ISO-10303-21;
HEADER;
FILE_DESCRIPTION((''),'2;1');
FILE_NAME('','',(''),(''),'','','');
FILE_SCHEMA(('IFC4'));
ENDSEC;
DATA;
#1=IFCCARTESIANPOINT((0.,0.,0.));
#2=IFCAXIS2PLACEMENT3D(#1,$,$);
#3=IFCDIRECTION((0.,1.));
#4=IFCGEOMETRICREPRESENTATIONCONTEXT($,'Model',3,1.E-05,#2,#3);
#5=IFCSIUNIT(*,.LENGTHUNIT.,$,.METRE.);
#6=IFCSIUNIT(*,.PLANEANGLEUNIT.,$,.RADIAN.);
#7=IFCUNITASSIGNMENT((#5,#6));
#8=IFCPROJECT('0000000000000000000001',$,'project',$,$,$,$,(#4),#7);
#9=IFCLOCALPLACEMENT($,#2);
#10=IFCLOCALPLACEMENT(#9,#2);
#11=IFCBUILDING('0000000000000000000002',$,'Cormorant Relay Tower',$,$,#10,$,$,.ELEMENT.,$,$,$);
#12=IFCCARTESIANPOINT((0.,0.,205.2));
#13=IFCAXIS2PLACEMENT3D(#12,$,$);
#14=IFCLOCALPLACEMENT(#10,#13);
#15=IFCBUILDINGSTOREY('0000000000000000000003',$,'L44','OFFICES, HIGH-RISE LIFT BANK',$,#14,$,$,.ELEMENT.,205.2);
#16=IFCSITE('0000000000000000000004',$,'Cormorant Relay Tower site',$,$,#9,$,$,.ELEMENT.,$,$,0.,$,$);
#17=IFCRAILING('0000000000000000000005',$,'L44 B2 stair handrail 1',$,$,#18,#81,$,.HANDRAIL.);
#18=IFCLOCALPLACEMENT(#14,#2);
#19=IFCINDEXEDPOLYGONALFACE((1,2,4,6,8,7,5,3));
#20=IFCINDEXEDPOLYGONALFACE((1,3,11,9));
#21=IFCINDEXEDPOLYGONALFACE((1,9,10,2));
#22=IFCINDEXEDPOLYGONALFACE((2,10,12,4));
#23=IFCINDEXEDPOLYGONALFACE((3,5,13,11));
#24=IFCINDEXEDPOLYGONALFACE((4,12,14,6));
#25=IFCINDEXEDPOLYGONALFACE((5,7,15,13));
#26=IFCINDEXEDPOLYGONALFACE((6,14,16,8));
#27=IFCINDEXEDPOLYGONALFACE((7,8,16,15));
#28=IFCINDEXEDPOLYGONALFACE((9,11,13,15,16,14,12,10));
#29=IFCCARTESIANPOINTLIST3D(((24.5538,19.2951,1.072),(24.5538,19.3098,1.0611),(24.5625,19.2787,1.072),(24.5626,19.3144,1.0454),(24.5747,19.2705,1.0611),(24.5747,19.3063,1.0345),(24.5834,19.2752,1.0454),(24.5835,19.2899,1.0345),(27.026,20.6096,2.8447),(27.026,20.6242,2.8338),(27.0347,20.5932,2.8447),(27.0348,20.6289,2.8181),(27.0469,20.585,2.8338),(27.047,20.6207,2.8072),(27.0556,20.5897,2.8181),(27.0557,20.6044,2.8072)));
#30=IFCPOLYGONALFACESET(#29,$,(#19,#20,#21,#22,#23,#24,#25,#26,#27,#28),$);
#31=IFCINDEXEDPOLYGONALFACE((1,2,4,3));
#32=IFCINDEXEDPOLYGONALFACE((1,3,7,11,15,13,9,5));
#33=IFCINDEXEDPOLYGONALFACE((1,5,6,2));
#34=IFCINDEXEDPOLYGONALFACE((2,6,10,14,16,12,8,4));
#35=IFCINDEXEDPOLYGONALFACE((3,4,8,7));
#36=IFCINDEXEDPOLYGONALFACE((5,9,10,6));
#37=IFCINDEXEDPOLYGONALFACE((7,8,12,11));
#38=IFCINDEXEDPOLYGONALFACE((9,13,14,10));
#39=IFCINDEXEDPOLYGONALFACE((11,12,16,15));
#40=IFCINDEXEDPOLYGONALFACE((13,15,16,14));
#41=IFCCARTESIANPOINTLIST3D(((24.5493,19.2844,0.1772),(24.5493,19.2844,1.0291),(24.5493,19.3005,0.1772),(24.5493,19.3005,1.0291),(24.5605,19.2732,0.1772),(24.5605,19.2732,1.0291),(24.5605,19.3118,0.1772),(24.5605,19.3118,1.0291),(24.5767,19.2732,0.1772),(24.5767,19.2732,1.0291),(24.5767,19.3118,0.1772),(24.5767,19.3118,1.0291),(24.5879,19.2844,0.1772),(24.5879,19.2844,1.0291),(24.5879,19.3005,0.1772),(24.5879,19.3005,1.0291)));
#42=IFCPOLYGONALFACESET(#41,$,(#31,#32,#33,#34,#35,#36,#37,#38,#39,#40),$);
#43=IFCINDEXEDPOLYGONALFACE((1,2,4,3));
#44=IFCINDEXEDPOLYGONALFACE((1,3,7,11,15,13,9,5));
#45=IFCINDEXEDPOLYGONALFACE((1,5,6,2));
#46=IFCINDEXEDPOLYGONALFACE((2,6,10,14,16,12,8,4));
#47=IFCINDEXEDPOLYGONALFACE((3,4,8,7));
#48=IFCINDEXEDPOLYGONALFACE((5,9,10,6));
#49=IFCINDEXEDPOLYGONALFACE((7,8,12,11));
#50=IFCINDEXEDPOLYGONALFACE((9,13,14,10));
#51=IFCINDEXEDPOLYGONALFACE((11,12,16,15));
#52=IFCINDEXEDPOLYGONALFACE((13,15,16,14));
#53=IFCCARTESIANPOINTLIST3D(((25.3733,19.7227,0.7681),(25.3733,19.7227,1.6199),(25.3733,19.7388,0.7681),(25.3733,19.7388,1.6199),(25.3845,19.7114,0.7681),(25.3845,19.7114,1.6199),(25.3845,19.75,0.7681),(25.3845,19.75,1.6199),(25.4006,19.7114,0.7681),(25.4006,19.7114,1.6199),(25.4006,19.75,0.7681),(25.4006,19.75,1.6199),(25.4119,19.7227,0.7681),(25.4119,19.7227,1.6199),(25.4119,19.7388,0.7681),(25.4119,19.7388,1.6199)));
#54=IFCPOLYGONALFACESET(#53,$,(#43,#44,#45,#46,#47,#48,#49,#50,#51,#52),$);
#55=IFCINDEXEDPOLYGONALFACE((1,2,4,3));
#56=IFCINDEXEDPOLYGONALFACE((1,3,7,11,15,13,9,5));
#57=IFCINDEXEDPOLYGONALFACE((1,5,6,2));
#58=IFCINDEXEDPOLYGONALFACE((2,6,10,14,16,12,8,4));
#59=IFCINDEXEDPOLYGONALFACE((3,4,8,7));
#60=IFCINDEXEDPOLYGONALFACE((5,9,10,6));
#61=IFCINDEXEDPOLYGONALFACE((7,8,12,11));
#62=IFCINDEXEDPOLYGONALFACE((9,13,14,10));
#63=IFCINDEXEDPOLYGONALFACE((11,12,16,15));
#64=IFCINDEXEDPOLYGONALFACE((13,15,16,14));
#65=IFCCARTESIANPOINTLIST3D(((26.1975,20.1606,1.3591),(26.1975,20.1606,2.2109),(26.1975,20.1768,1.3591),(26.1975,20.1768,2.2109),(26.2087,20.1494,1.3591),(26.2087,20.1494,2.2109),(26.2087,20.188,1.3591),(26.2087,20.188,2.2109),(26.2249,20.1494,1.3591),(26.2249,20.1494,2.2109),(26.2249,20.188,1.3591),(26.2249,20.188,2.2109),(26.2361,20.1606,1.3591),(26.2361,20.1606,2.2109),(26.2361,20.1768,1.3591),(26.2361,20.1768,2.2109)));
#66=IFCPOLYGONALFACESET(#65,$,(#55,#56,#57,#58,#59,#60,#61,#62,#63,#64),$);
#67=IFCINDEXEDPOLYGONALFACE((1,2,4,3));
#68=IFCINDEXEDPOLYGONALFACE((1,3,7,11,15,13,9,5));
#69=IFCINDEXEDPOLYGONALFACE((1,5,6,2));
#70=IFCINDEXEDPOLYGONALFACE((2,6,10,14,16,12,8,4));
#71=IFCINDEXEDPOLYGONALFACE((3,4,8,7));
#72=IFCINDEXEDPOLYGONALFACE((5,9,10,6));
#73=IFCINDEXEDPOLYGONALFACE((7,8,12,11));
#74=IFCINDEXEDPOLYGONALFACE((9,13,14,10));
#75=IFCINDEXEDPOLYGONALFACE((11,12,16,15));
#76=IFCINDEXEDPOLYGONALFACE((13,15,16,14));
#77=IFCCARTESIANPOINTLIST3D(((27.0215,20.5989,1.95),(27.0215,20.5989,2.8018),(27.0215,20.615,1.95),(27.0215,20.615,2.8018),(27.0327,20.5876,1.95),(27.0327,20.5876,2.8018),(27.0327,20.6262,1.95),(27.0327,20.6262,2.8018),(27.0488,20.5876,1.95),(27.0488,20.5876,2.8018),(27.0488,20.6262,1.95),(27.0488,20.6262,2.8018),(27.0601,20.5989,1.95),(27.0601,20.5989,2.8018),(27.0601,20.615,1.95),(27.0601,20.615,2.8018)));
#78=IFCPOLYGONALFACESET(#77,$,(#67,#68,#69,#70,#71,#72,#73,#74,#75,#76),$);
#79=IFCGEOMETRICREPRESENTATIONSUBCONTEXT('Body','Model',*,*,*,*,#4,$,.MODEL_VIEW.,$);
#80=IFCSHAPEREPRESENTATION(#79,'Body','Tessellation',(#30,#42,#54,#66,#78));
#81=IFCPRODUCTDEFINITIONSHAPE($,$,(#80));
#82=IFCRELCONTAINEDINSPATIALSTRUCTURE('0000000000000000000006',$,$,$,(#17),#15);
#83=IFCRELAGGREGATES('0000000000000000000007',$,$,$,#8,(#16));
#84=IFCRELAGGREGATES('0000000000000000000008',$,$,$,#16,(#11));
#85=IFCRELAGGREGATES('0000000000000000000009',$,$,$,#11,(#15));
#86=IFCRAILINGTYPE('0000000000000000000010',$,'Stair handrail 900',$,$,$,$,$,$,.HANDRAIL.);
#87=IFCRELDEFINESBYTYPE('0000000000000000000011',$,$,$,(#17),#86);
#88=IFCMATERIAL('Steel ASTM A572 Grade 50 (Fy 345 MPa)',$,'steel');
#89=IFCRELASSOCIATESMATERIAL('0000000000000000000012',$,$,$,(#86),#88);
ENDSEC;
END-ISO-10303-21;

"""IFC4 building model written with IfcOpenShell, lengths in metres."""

from ifc_helpers import new_model, si_unit, direction, frame, origin, place, context, subcontext, project, spatial, polyline, outline, extrude, material, type_object, element, save


model = new_model("IFC4")

# Units and contexts
model_context = context("Model", 3, precision=1e-05, world=origin(), true_north=direction((0.0, 1.0)))
body_context = subcontext(model_context, "Body", "Model", "MODEL_VIEW")
ifc_project = project(units=[si_unit("LENGTHUNIT", "METRE"), si_unit("PLANEANGLEUNIT", "RADIAN")], contexts=[model_context])

# Site, building, storey
site_placement = place(None, origin())
site = spatial("IfcSite", under=ifc_project, at=site_placement, Name="Cormorant Relay Tower site", CompositionType="ELEMENT", RefElevation=0.0)
building_placement = place(site_placement, origin())
building = spatial("IfcBuilding", under=site, at=building_placement, Name="Cormorant Relay Tower", CompositionType="ELEMENT")
storey_placement = place(building_placement, frame((0.0, 0.0, 205.2)))
storey = spatial("IfcBuildingStorey", under=building, at=storey_placement, Name="L44", Description="OFFICES, HIGH-RISE LIFT BANK", CompositionType="ELEMENT", Elevation=205.2)

# Railing
ifc_material_1 = material(Name="Steel ASTM A572 Grade 50 (Fy 345 MPa)", Category="steel")
railing_type_1 = type_object("IfcRailingType", Name="Stair handrail 900", PredefinedType="HANDRAIL", material=ifc_material_1)
railing_1_placement = place(storey_placement, frame((24.5686, 19.2925, 0.1772)))
element("IfcRailing", 1, at=railing_1_placement, inside=storey, type_object=railing_type_1, Name="L44 B2 stair handrail 1", PredefinedType="HANDRAIL", context=body_context, shape_type="SweptSolid", body=[
    extrude(outline(polyline([(0.0222, 0.0093), (0.0093, 0.0222), (-0.0093, 0.0222), (-0.0222, 0.0093), (-0.0222, -0.0093), (-0.0093, -0.0222), (0.0093, -0.0222), (0.0222, -0.0093), (0.0222, 0.0093)])), frame((0.0, 0.0, 0.876), z_axis=(0.746001, 0.396649, 0.534931), x_axis=(-0.469465, 0.882951, 0.0)), (0.0, 0.0, 1.0), 3.314),
    extrude(outline(polyline([(0.0193, 0.0081), (0.0081, 0.0193), (-0.0081, 0.0193), (-0.0193, 0.0081), (-0.0193, -0.0081), (-0.0081, -0.0193), (0.0081, -0.0193), (0.0193, -0.0081), (0.0193, 0.0081)])), origin(), (0.0, 0.0, 1.0), 0.8518),
    extrude(outline(polyline([(0.0193, 0.0081), (0.0081, 0.0193), (-0.0081, 0.0193), (-0.0193, 0.0081), (-0.0193, -0.0081), (-0.0081, -0.0193), (0.0081, -0.0193), (0.0193, -0.0081), (0.0193, 0.0081)])), frame((0.824, 0.4382, 0.5908)), (0.0, 0.0, 1.0), 0.8518),
    extrude(outline(polyline([(0.0193, 0.0081), (0.0081, 0.0193), (-0.0081, 0.0193), (-0.0193, 0.0081), (-0.0193, -0.0081), (-0.0081, -0.0193), (0.0081, -0.0193), (0.0193, -0.0081), (0.0193, 0.0081)])), frame((1.6482, 0.8762, 1.1819)), (0.0, 0.0, 1.0), 0.8518),
    extrude(outline(polyline([(0.0193, 0.0081), (0.0081, 0.0193), (-0.0081, 0.0193), (-0.0193, 0.0081), (-0.0193, -0.0081), (-0.0081, -0.0193), (0.0081, -0.0193), (0.0193, -0.0081), (0.0193, 0.0081)])), frame((2.4722, 1.3145, 1.7727)), (0.0, 0.0, 1.0), 0.8518),
])

save(model, "model.ifc")
